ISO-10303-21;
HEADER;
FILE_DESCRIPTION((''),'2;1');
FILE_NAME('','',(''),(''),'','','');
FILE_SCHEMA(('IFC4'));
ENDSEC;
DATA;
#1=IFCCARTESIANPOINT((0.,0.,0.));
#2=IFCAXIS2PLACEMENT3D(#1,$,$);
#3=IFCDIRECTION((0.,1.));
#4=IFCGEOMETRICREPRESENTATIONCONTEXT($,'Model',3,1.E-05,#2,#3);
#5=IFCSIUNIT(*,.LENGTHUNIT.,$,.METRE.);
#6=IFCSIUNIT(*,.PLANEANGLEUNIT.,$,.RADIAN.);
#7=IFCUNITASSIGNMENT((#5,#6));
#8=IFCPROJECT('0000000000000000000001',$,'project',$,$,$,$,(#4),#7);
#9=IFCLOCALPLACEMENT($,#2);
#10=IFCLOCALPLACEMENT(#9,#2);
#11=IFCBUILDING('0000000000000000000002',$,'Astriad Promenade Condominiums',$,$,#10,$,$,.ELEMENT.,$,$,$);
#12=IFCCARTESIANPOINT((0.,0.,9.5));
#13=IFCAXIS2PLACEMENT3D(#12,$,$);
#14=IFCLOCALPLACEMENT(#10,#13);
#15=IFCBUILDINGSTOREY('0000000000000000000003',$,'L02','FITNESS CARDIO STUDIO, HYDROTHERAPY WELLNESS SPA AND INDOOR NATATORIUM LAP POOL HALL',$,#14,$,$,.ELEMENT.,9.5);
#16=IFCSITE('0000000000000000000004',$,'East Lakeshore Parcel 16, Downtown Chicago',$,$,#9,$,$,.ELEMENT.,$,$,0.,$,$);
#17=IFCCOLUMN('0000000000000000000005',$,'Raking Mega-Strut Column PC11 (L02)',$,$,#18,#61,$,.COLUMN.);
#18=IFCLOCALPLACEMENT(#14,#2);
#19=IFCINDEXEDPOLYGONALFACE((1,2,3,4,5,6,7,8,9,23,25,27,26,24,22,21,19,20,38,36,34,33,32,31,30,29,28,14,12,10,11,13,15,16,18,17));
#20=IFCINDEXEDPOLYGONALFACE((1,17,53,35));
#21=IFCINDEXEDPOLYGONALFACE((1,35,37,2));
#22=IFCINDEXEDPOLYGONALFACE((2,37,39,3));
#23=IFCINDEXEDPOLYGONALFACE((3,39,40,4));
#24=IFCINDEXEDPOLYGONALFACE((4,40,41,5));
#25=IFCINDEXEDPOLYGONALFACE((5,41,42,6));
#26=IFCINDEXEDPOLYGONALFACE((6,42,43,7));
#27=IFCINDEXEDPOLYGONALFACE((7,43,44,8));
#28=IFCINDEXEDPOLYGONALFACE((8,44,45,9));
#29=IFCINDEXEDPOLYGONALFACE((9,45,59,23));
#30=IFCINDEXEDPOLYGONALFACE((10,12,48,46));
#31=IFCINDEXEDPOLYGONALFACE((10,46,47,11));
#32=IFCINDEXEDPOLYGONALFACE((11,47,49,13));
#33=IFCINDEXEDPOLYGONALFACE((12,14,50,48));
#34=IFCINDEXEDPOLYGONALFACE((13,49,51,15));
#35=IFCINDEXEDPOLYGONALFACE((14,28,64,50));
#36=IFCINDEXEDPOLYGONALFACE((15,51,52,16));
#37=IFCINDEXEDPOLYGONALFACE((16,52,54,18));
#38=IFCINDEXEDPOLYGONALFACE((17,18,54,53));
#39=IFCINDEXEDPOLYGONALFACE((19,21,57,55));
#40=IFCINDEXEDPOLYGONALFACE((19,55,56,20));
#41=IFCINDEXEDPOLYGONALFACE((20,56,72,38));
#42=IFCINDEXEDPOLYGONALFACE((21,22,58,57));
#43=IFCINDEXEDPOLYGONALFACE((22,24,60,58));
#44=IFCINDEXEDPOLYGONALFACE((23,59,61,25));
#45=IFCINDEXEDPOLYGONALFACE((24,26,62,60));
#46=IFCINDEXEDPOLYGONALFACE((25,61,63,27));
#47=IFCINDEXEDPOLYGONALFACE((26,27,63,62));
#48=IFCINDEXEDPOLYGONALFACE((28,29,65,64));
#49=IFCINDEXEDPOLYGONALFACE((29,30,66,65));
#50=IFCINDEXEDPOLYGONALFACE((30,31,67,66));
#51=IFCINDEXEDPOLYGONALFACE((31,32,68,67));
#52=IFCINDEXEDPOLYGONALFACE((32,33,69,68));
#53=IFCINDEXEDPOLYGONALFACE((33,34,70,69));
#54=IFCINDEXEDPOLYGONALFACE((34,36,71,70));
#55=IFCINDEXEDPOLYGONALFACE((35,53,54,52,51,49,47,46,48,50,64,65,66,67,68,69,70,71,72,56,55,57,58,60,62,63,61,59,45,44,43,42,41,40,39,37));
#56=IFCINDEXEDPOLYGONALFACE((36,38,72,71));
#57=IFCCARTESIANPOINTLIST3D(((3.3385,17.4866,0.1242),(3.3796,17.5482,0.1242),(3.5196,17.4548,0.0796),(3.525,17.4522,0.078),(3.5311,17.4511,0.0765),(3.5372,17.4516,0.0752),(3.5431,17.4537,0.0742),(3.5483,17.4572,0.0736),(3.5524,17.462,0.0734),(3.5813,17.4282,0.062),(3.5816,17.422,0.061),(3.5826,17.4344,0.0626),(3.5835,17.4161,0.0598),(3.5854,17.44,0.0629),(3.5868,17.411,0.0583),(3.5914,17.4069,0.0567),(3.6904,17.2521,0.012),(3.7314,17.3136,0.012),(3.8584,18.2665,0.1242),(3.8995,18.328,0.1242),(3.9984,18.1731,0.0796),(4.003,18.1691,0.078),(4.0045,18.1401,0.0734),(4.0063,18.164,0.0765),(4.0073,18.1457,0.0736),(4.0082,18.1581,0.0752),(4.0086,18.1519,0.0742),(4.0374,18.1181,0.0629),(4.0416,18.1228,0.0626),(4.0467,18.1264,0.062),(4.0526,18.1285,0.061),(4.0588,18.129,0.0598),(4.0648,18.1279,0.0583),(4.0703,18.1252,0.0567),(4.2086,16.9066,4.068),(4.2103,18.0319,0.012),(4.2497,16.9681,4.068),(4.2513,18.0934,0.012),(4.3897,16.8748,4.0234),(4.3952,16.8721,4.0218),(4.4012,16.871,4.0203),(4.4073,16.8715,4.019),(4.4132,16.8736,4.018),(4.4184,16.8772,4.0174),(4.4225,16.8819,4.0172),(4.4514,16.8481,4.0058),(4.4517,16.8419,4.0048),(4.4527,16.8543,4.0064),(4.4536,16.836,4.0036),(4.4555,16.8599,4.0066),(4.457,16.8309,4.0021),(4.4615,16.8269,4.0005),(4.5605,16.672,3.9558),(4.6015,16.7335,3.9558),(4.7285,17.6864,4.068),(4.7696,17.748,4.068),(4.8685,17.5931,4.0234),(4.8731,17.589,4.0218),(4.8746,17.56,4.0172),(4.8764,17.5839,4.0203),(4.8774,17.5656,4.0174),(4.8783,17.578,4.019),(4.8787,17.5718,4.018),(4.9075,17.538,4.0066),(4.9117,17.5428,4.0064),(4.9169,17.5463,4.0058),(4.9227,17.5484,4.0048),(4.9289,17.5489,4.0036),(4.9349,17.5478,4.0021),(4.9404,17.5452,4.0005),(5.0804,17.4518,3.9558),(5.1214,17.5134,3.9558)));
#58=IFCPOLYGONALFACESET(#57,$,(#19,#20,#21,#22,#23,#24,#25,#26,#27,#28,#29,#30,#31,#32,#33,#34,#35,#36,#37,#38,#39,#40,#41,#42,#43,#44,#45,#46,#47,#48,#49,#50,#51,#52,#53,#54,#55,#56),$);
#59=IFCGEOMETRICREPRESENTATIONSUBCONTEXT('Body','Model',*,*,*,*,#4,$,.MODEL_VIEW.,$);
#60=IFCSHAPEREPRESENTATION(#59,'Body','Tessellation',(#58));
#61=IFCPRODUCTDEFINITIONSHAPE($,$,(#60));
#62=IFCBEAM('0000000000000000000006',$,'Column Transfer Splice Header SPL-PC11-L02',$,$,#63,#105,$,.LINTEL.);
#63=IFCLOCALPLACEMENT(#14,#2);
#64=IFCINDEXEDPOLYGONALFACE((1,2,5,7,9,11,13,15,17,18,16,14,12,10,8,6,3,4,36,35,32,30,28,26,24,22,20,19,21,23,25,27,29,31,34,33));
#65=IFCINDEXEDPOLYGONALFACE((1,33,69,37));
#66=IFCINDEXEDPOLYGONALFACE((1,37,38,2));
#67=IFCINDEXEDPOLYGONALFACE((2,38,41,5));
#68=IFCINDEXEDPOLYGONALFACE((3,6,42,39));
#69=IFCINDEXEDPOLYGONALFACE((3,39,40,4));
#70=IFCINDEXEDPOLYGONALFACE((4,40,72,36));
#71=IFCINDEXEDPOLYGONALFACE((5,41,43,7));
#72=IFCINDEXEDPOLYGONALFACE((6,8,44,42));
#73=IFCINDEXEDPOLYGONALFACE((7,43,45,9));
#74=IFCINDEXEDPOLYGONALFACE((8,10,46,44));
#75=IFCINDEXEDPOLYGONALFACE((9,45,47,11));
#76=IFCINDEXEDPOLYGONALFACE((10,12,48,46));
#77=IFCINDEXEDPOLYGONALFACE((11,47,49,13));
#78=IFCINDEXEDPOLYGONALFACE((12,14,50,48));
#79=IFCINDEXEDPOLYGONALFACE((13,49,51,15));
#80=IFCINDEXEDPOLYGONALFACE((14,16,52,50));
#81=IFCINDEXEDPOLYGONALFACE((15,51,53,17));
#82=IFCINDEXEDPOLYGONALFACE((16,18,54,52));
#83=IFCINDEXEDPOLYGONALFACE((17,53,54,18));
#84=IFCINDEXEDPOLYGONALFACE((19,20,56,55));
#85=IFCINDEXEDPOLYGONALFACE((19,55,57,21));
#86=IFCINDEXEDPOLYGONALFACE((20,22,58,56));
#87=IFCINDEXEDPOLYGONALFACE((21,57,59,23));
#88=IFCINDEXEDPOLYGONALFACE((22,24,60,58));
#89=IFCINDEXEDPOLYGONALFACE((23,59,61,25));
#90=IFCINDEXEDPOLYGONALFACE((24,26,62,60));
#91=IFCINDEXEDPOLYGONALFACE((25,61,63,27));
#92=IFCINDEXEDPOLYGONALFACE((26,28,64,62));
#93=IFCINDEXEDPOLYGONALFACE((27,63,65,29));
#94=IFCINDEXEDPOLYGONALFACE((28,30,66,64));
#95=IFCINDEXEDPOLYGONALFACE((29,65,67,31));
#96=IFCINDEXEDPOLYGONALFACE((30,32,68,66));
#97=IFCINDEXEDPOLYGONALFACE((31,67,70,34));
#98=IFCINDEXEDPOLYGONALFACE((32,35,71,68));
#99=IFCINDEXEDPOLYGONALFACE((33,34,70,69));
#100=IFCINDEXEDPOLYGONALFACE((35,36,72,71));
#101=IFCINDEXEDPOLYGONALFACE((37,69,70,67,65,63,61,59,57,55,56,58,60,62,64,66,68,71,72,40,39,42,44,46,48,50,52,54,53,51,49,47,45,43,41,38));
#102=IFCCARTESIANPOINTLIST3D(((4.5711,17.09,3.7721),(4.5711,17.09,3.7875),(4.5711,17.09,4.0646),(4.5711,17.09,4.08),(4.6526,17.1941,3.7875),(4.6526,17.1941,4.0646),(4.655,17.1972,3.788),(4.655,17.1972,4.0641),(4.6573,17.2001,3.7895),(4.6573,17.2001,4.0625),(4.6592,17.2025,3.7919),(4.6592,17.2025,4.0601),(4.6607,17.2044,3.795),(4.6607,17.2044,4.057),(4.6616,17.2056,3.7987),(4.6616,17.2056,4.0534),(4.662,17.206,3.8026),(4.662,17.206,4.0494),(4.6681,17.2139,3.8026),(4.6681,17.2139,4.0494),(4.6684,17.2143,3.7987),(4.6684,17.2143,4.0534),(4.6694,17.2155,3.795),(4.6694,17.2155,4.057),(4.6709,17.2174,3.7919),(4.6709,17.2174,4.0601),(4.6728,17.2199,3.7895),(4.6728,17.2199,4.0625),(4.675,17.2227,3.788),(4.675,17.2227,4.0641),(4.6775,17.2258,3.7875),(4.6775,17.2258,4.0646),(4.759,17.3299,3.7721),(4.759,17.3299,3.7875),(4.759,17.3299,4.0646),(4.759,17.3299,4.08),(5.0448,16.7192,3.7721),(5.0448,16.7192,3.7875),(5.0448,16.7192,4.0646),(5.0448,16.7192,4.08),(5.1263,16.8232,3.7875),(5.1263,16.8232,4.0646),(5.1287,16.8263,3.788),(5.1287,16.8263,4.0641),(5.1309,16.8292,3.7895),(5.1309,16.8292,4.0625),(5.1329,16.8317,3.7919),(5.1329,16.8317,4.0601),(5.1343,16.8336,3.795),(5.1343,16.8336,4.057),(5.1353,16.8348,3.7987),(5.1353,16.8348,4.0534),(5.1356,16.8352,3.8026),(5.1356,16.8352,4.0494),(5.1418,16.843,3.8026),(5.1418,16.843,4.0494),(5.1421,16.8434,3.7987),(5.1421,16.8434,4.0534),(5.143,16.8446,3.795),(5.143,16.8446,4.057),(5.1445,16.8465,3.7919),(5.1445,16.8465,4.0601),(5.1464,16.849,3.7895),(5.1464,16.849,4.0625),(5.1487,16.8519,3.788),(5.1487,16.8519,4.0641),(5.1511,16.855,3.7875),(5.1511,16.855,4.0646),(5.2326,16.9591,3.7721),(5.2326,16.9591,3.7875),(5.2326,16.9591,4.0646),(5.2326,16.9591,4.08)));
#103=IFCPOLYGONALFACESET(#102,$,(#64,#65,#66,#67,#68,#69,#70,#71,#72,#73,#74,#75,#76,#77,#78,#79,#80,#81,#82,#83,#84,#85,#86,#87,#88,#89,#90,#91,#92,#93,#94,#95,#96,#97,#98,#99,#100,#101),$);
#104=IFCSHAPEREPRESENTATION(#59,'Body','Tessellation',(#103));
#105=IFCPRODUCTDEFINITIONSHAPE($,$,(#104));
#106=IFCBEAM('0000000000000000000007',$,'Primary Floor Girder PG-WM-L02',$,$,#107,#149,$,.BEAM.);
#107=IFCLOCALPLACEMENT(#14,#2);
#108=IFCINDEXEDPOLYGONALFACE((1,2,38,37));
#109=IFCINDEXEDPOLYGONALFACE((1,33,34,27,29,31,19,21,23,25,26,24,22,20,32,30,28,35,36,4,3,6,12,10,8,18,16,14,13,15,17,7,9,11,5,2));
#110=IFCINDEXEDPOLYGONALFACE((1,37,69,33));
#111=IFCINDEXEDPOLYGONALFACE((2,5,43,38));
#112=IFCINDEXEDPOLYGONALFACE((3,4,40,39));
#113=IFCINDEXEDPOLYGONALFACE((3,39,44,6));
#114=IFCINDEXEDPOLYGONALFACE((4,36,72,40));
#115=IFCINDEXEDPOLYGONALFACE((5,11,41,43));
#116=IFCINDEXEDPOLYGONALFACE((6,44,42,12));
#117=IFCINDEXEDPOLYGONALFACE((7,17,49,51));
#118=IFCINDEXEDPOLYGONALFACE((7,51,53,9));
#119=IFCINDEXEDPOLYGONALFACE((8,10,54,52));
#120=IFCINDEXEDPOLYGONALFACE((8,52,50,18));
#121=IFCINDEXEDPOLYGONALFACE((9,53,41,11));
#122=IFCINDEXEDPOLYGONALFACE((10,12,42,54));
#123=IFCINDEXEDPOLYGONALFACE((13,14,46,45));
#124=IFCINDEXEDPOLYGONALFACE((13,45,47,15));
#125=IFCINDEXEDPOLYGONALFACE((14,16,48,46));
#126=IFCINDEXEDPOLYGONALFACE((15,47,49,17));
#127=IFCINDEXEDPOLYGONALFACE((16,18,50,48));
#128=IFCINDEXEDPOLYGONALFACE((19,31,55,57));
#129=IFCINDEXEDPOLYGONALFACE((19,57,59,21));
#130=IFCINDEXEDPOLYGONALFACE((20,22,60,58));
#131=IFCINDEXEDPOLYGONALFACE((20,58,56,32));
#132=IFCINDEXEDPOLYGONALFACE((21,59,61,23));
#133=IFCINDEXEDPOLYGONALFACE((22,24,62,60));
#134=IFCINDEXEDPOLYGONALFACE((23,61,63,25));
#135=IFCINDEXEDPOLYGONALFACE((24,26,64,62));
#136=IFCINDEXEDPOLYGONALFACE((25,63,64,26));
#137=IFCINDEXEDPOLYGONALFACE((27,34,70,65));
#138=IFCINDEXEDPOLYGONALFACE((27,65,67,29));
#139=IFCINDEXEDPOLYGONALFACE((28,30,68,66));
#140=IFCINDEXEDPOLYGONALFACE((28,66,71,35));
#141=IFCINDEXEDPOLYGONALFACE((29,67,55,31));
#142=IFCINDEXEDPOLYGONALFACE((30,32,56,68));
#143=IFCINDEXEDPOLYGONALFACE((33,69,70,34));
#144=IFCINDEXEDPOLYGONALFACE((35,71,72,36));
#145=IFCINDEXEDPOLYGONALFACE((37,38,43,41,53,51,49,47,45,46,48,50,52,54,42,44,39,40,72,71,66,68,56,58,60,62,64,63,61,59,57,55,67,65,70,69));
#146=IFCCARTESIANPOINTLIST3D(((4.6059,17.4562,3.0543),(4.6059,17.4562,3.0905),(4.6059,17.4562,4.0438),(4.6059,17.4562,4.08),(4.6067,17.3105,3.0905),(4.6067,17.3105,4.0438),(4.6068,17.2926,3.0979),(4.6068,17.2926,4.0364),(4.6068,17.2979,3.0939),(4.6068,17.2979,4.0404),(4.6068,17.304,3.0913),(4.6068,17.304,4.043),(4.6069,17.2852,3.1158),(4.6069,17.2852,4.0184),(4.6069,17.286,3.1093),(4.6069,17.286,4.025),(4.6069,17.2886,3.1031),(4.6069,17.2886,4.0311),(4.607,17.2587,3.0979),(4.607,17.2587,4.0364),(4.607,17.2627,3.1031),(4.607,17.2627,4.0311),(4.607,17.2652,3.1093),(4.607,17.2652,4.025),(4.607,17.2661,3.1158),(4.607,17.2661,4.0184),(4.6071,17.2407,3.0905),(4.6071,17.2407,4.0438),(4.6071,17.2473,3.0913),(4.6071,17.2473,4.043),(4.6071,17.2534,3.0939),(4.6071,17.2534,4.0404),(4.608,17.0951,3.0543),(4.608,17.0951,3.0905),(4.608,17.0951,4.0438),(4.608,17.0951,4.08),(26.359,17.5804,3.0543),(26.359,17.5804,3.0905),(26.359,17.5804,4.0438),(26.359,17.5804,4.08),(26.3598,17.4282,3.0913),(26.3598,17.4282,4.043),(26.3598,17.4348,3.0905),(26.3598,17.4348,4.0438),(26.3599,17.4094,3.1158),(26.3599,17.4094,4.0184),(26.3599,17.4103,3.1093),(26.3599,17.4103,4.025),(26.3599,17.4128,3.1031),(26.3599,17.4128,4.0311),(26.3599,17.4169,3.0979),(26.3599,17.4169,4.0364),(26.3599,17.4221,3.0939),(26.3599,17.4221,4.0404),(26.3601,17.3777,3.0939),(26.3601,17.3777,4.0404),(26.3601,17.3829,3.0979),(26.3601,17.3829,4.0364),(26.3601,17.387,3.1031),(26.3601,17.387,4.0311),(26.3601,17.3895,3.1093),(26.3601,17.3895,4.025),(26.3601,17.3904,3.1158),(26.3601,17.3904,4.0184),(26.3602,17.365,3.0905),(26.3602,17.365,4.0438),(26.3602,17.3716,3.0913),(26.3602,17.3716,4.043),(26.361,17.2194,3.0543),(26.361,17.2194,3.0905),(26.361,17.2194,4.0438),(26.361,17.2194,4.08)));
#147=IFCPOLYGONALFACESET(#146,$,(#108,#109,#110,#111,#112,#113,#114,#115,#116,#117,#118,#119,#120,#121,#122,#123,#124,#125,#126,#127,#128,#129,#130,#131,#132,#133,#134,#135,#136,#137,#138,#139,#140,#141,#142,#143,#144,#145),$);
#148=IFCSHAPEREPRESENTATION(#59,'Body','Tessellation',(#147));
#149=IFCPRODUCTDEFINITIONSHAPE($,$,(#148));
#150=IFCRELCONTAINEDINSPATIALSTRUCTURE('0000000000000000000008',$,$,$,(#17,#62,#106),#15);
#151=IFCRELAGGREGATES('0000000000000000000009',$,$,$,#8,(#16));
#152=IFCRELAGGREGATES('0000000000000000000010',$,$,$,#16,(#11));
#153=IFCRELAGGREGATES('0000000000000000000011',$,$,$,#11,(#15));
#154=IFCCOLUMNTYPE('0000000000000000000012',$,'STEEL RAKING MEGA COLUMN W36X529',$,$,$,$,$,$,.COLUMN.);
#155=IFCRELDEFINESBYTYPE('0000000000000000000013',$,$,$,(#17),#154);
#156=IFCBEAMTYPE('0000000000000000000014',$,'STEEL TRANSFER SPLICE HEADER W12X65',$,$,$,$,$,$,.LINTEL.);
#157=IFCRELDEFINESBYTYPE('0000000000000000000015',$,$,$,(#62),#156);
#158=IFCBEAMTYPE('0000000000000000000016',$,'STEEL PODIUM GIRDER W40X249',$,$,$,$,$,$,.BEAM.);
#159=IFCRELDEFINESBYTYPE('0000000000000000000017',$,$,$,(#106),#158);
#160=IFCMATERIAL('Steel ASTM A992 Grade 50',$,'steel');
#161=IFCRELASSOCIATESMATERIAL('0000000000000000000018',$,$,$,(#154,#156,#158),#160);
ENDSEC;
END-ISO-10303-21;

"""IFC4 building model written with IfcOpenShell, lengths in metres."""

from ifc_helpers import new_model, si_unit, direction, frame, origin, origin_2d, place, context, subcontext, project, spatial, i_section, extrude, source, transform, mapped, material, material_profile, profile_set, type_object, type_shapes, element, save


model = new_model("IFC4")

# Units and contexts
model_context = context("Model", 3, precision=1e-05, world=origin(), true_north=direction((0.0, 1.0)))
body_context = subcontext(model_context, "Body", "Model", "MODEL_VIEW")
ifc_project = project(units=[si_unit("LENGTHUNIT", "METRE"), si_unit("PLANEANGLEUNIT", "RADIAN")], contexts=[model_context])

# Site, building, storey
site_placement = place(None, origin())
site = spatial("IfcSite", under=ifc_project, at=site_placement, Name="East Lakeshore Parcel 16, Downtown Chicago", CompositionType="ELEMENT", RefElevation=0.0)
building_placement = place(site_placement, origin())
building = spatial("IfcBuilding", under=site, at=building_placement, Name="Astriad Promenade Condominiums", CompositionType="ELEMENT")
storey_placement = place(building_placement, frame((0.0, 0.0, 9.5)))
storey = spatial("IfcBuildingStorey", under=building, at=storey_placement, Name="L02", Description="FITNESS CARDIO STUDIO, HYDROTHERAPY WELLNESS SPA AND INDOOR NATATORIUM LAP POOL HALL", CompositionType="ELEMENT", Elevation=9.5)

# Column
ifc_material_1 = material(Name="Steel ASTM A992 Grade 50", Category="steel")
ifc_material_profile_1 = material_profile(ifc_material_1, i_section(OverallWidth=0.4375, OverallDepth=1.0112, WebThickness=0.041, FlangeThickness=0.074, FilletRadius=0.0242, at=origin_2d()), Name="W36X529")
ifc_profile_set_1 = profile_set([ifc_material_profile_1], Name="Steel ASTM A992 Grade 50")
column_type = type_object("IfcColumnType", Name="STEEL RAKING MEGA COLUMN W36X529", PredefinedType="COLUMN", material=ifc_profile_set_1)
shared_shape_1 = source(origin(), body_context, "Body", "SweptSolid", [
    extrude(i_section(OverallWidth=0.4375, OverallDepth=1.0112, WebThickness=0.041, FlangeThickness=0.074, FilletRadius=0.0242, at=origin_2d()), origin(), (0.0, 0.0, 1.0), 4.0801),
])
type_shapes(column_type, [shared_shape_1])
column_placement = place(storey_placement, frame((3.7949, 17.79, 0.0681), z_axis=(0.213257, -0.142171, 0.966597), x_axis=(-0.804257, 0.536171, 0.256303)))
element("IfcColumn", 1, at=column_placement, inside=storey, type_object=column_type, Name="Raking Mega-Strut Column PC11 (L02)", PredefinedType="COLUMN", context=body_context, shape_type="MappedRepresentation", body=[
    mapped(shared_shape_1, transform((0.0, 0.0, 0.0), scale=1.0)),
])

# Beams
ifc_material_profile_2 = material_profile(ifc_material_1, i_section(OverallWidth=0.3047, OverallDepth=0.3079, WebThickness=0.01, FlangeThickness=0.0154, FilletRadius=0.0151, at=origin_2d()), Name="W12X65")
ifc_profile_set_2 = profile_set([ifc_material_profile_2], Name="Steel ASTM A992 Grade 50")
beam_type_1 = type_object("IfcBeamType", Name="STEEL TRANSFER SPLICE HEADER W12X65", PredefinedType="LINTEL", material=ifc_profile_set_2)
shared_shape_2 = source(origin(), body_context, "Body", "SweptSolid", [
    extrude(i_section(OverallWidth=0.3047, OverallDepth=0.3079, WebThickness=0.01, FlangeThickness=0.0154, FilletRadius=0.0151, at=origin_2d()), origin(), (0.0, 0.0, 1.0), 0.6016),
])
type_shapes(beam_type_1, [shared_shape_2])
beam_1_placement = place(storey_placement, frame((4.665, 17.21, 3.926), z_axis=(0.787359, -0.616494, 0.0), x_axis=(0.616494, 0.787359, 0.0)))
element("IfcBeam", 2, at=beam_1_placement, inside=storey, type_object=beam_type_1, Name="Column Transfer Splice Header SPL-PC11-L02", PredefinedType="LINTEL", context=body_context, shape_type="MappedRepresentation", body=[
    mapped(shared_shape_2, transform((0.0, 0.0, 0.0), scale=1.0)),
])
ifc_material_profile_3 = material_profile(ifc_material_1, i_section(OverallWidth=0.3611, OverallDepth=1.0256, WebThickness=0.019, FlangeThickness=0.0361, FilletRadius=0.0254, at=origin_2d()), Name="W40X249")
ifc_profile_set_3 = profile_set([ifc_material_profile_3], Name="Steel ASTM A992 Grade 50")
beam_type_2 = type_object("IfcBeamType", Name="STEEL PODIUM GIRDER W40X249", PredefinedType="BEAM", material=ifc_profile_set_3)
shared_shape_3 = source(origin(), body_context, "Body", "SweptSolid", [
    extrude(i_section(OverallWidth=0.3611, OverallDepth=1.0256, WebThickness=0.019, FlangeThickness=0.0361, FilletRadius=0.0254, at=origin_2d()), origin(), (0.0, 0.0, 1.0), 21.7534),
])
type_shapes(beam_type_2, [shared_shape_3])
beam_2_placement = place(storey_placement, frame((4.6069, 17.2756, 3.5671), z_axis=(0.999984, 0.005713, 0.0), x_axis=(-0.005713, 0.999984, 0.0)))
element("IfcBeam", 3, at=beam_2_placement, inside=storey, type_object=beam_type_2, Name="Primary Floor Girder PG-WM-L02", PredefinedType="BEAM", context=body_context, shape_type="MappedRepresentation", body=[
    mapped(shared_shape_3, transform((0.0, 0.0, 0.0), scale=1.0)),
])

save(model, "model.ifc")
